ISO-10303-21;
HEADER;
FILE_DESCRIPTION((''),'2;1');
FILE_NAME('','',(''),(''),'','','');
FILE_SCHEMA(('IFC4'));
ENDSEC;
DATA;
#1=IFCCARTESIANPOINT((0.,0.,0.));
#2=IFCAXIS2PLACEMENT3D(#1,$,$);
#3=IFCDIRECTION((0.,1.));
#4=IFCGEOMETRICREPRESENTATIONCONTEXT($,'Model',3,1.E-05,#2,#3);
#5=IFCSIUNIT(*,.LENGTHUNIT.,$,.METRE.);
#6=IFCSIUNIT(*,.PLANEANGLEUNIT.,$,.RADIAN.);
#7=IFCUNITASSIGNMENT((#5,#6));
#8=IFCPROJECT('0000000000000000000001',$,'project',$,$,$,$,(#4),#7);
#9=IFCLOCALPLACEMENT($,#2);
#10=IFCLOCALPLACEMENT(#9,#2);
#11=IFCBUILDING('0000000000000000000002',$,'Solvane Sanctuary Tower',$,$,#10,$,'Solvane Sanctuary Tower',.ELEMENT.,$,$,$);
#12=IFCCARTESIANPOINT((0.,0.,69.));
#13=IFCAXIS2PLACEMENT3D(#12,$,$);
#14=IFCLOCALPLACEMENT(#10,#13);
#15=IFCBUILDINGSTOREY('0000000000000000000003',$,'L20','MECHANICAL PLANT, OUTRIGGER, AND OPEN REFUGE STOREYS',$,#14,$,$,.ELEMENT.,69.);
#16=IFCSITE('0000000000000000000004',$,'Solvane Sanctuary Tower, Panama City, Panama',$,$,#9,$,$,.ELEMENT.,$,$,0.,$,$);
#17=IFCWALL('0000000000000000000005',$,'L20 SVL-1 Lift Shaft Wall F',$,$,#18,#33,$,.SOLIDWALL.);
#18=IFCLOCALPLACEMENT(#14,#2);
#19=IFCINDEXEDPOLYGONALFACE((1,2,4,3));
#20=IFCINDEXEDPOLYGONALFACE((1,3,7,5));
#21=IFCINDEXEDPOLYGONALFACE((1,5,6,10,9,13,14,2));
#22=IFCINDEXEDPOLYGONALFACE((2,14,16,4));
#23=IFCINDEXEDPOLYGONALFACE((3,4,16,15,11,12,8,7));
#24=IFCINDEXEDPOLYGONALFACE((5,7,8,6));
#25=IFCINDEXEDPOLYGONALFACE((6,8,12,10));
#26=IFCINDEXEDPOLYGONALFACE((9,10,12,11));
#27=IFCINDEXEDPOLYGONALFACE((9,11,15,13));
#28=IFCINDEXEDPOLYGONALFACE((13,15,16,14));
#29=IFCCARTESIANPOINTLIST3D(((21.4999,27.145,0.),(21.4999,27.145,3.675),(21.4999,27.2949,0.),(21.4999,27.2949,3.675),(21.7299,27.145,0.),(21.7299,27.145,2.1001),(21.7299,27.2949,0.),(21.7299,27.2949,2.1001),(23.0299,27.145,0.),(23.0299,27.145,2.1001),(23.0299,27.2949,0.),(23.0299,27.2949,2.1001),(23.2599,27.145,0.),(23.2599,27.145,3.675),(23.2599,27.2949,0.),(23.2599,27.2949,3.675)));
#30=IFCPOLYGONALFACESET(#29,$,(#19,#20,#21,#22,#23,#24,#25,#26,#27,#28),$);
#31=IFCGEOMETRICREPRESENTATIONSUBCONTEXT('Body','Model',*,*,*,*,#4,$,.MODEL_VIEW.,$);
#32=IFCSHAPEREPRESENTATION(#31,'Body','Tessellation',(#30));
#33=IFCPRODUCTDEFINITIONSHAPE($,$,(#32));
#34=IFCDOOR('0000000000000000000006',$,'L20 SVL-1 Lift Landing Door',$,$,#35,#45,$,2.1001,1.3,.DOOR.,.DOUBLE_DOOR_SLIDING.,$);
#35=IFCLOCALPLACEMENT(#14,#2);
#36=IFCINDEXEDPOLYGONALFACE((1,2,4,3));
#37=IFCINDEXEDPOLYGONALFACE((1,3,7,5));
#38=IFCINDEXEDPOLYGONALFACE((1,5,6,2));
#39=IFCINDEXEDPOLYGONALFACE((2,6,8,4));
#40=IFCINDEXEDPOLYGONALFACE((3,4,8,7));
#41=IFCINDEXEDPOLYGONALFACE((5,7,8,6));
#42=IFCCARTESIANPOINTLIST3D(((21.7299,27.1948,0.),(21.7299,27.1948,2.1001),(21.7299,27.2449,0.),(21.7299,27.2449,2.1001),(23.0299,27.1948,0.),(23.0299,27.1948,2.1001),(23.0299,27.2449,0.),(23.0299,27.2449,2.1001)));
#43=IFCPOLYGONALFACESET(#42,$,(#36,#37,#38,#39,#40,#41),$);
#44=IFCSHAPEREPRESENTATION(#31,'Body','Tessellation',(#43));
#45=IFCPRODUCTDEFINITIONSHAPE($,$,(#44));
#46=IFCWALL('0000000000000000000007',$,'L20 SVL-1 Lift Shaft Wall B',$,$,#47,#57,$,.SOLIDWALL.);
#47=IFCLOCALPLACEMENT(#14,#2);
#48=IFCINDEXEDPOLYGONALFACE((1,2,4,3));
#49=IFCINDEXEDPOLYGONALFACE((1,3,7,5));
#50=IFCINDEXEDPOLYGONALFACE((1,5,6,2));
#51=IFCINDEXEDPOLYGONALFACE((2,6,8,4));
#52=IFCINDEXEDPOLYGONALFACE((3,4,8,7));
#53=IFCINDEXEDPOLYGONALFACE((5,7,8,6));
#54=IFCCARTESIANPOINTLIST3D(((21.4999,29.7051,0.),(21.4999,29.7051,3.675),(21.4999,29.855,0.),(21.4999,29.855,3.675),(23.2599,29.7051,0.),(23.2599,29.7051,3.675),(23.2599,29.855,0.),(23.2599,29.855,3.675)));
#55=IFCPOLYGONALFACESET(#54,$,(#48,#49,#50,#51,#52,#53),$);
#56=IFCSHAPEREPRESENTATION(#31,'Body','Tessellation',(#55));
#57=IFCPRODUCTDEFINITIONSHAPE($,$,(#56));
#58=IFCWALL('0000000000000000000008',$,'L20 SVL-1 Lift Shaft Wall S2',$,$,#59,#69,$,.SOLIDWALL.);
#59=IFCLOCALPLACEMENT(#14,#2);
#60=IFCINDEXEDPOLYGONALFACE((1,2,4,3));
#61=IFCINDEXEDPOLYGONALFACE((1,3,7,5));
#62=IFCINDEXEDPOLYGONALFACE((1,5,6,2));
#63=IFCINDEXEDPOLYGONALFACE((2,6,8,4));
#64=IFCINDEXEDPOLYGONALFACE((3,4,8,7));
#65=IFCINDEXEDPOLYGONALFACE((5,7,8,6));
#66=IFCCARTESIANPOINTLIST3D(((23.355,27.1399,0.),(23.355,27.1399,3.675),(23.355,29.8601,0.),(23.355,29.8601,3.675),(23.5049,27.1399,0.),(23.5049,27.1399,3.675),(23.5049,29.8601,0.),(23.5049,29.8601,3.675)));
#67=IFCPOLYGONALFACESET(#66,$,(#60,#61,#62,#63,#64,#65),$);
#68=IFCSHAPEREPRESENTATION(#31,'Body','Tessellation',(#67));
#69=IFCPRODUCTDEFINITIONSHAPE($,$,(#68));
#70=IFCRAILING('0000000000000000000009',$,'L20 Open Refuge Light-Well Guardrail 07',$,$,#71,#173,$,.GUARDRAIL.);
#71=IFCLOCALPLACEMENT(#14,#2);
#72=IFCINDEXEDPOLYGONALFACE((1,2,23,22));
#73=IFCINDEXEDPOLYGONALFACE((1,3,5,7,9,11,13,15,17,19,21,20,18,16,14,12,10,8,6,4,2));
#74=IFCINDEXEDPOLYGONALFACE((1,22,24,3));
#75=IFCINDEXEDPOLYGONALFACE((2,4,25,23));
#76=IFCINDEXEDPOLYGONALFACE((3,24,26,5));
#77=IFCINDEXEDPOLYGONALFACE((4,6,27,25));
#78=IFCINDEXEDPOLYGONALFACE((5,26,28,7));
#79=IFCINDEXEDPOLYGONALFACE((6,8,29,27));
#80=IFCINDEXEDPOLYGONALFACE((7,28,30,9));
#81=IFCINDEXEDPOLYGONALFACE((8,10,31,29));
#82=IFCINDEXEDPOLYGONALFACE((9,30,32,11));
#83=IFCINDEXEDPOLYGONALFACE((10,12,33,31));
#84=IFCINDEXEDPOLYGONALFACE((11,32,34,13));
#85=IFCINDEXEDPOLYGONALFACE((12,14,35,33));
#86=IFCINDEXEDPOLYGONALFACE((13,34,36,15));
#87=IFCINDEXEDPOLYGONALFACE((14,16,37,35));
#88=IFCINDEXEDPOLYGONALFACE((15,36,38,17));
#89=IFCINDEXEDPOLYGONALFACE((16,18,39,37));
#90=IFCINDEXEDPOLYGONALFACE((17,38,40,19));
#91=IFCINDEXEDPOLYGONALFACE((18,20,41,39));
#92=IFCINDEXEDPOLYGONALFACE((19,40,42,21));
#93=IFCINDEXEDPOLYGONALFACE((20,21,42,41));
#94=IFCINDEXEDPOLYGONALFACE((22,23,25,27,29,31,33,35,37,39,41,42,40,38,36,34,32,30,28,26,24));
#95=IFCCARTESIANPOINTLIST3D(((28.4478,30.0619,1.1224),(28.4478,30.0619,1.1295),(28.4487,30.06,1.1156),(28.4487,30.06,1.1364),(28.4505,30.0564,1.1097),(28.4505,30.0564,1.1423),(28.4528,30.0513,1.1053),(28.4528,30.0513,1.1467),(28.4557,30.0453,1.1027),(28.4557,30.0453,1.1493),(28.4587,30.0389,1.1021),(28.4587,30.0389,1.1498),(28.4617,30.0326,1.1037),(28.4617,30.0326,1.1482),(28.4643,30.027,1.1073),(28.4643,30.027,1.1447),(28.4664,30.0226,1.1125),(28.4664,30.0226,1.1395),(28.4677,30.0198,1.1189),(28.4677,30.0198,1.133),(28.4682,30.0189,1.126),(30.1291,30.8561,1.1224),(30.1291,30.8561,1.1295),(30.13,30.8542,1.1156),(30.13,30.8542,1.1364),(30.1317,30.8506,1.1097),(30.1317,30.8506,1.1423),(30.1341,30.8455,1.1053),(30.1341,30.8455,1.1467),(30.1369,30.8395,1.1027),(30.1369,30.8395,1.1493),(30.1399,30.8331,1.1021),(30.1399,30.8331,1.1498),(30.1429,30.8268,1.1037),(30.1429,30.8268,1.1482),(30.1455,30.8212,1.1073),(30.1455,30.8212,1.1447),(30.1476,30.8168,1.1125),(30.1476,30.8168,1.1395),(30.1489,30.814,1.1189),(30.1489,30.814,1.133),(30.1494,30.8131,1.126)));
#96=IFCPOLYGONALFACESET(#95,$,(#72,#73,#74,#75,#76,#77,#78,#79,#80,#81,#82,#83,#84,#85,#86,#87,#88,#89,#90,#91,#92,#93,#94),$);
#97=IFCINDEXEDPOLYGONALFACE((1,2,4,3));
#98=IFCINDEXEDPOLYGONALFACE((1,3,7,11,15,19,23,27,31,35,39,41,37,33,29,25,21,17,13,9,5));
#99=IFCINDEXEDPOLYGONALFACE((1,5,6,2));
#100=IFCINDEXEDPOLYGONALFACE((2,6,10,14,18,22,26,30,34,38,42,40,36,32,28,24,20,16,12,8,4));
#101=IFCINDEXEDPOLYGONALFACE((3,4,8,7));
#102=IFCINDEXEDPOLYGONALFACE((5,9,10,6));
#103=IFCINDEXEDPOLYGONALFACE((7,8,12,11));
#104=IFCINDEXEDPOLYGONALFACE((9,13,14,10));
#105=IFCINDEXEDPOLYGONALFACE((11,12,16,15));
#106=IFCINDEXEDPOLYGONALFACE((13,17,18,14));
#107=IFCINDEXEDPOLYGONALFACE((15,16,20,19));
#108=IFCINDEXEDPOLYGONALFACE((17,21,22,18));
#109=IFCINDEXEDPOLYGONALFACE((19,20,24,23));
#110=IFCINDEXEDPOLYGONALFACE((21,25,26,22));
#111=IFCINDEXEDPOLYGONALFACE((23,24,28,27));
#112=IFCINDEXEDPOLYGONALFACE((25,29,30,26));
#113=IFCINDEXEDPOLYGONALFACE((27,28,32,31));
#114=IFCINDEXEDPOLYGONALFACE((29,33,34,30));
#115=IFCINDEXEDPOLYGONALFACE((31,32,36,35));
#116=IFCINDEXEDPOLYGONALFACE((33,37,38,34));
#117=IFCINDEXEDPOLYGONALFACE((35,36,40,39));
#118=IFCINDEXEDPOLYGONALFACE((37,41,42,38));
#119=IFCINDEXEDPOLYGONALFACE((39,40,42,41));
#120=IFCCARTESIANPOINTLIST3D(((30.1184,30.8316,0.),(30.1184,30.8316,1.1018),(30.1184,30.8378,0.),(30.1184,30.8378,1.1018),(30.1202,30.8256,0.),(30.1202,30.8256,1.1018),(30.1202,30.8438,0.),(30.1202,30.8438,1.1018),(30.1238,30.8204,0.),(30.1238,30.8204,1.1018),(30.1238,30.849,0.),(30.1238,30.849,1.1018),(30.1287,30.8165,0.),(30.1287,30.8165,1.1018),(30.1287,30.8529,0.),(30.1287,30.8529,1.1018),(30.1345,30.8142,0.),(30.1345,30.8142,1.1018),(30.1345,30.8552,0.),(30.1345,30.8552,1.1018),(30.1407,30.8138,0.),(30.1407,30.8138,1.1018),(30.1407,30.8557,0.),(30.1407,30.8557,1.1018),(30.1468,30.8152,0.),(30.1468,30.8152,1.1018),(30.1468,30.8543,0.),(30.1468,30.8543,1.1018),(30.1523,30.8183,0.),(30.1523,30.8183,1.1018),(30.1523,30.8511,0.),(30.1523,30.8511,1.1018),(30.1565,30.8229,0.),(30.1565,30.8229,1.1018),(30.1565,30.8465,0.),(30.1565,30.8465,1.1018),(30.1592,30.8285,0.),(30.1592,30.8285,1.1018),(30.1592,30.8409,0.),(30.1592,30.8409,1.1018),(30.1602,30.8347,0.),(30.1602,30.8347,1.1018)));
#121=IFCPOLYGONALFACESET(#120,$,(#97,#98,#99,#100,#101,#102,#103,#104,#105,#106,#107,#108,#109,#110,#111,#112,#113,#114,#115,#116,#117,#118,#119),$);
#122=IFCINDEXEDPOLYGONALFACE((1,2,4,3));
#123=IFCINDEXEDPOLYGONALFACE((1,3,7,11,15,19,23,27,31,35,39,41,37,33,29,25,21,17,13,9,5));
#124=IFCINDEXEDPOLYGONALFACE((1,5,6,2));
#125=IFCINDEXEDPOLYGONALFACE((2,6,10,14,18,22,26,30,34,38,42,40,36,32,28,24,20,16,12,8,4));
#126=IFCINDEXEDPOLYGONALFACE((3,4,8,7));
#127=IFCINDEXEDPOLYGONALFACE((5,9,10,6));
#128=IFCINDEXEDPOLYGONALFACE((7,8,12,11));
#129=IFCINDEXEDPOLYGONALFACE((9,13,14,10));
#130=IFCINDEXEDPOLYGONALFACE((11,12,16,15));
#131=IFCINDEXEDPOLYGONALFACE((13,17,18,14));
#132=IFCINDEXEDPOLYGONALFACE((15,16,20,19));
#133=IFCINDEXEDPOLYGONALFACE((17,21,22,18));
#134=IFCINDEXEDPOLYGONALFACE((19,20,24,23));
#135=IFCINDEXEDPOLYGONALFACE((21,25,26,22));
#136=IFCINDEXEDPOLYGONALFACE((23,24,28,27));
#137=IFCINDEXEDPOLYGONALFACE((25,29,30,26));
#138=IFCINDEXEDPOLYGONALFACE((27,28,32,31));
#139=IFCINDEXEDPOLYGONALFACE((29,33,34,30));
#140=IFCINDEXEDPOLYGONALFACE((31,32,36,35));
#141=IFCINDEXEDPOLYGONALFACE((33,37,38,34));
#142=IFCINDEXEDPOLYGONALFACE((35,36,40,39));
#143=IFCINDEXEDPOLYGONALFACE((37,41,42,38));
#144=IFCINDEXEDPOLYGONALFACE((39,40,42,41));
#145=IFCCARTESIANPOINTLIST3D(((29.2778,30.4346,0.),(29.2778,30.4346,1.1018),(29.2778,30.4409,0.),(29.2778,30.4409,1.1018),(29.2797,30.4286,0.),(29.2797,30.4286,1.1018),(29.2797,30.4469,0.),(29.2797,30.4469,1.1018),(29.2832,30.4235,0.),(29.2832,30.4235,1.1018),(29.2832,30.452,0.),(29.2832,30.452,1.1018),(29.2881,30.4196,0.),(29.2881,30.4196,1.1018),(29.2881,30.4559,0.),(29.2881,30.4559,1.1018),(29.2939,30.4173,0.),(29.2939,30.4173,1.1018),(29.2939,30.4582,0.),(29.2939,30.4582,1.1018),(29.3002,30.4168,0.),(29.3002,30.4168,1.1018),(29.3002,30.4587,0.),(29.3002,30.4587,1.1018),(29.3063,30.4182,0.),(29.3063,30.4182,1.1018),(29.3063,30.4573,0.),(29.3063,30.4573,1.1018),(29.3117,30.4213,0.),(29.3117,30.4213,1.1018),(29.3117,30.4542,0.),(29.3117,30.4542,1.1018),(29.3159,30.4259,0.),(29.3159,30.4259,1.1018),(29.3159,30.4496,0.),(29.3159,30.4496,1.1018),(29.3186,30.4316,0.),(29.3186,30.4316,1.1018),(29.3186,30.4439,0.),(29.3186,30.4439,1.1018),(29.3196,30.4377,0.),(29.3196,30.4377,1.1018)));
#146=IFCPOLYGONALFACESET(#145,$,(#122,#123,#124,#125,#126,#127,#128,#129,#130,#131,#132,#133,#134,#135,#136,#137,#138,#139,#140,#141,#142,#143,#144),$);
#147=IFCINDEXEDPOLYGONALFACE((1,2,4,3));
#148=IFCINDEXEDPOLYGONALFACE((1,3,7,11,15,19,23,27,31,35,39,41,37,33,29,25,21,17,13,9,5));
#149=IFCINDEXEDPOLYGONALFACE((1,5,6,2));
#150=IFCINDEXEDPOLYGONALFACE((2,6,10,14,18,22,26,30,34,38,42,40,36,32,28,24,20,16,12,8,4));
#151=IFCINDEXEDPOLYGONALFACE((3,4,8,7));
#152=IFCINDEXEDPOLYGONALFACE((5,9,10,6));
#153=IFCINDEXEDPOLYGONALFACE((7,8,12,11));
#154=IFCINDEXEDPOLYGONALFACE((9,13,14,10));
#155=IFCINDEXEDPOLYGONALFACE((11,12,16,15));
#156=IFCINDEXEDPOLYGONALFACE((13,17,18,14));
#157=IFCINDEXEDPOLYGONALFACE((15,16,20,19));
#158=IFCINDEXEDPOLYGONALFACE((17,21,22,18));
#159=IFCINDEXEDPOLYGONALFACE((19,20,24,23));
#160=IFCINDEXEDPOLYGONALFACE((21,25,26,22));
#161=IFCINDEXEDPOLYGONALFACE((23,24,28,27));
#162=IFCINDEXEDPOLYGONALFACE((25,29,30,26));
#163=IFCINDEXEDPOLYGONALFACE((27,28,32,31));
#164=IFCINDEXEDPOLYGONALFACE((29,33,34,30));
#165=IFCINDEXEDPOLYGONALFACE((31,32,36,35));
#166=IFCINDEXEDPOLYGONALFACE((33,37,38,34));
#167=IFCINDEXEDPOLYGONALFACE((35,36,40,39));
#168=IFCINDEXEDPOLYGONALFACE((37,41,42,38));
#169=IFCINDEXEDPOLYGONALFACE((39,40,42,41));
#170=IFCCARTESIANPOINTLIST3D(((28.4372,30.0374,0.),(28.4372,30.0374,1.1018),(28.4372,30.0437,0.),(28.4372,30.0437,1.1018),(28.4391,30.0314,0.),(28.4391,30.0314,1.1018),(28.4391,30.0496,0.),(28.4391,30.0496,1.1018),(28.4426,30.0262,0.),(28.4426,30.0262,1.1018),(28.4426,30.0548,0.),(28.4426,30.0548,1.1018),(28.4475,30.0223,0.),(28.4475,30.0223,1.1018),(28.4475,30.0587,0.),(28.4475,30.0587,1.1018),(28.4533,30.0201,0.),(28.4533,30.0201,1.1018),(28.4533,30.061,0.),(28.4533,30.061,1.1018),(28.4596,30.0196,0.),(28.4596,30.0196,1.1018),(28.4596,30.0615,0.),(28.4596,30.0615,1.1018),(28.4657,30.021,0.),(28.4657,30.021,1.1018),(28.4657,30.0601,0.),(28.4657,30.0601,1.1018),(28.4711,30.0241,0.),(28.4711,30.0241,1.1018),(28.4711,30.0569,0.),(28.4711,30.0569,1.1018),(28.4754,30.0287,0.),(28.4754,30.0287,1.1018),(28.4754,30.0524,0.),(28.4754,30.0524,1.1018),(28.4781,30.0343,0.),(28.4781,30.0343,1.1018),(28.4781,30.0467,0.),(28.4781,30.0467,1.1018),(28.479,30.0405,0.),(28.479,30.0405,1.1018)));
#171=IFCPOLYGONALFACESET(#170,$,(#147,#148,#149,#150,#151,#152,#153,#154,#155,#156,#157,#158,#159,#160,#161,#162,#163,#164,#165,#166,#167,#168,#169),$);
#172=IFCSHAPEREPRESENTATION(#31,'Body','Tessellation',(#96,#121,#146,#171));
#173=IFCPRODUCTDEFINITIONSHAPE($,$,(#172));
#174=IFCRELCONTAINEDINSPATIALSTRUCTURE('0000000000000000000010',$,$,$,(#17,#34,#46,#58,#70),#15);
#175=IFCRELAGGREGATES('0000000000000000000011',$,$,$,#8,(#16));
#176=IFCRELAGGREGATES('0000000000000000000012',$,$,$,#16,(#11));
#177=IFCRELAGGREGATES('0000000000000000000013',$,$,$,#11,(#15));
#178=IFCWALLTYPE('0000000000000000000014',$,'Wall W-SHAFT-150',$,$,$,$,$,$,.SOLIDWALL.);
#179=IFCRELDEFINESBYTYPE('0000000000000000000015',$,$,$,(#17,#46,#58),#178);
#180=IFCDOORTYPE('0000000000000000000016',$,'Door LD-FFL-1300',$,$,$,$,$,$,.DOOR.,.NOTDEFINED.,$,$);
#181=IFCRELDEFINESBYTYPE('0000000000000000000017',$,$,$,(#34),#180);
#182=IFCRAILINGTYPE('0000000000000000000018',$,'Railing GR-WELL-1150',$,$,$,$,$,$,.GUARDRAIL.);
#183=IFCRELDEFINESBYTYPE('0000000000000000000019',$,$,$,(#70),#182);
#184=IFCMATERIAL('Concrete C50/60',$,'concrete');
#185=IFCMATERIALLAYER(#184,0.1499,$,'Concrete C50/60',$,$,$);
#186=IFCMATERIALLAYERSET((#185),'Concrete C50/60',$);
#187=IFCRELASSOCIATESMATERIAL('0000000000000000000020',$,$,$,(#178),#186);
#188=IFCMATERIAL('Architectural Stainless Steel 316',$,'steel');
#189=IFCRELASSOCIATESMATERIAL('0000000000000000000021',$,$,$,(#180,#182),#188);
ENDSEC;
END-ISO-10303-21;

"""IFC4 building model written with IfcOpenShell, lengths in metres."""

from ifc_helpers import new_model, si_unit, direction, frame, frame_2d, origin, origin_2d, place, context, subcontext, project, spatial, rectangle, circle, extrude, material, layer, layer_set, type_object, element, fill, save


model = new_model("IFC4")

# Units and contexts
model_context = context("Model", 3, precision=1e-05, world=origin(), true_north=direction((0.0, 1.0)))
body_context = subcontext(model_context, "Body", "Model", "MODEL_VIEW")
ifc_project = project(units=[si_unit("LENGTHUNIT", "METRE"), si_unit("PLANEANGLEUNIT", "RADIAN")], contexts=[model_context])

# Site, building, storey
site_placement = place(None, origin())
site = spatial("IfcSite", under=ifc_project, at=site_placement, Name="Solvane Sanctuary Tower, Panama City, Panama", CompositionType="ELEMENT", RefElevation=0.0)
building_placement = place(site_placement, origin())
building = spatial("IfcBuilding", under=site, at=building_placement, Name="Solvane Sanctuary Tower", LongName="Solvane Sanctuary Tower", CompositionType="ELEMENT")
storey_placement = place(building_placement, frame((0.0, 0.0, 69.0)))
storey = spatial("IfcBuildingStorey", under=building, at=storey_placement, Name="L20", Description="MECHANICAL PLANT, OUTRIGGER, AND OPEN REFUGE STOREYS", CompositionType="ELEMENT", Elevation=69.0)

# Shared definitions
ifc_material_1 = material(Name="Architectural Stainless Steel 316", Category="steel")

# Shared definitions
ifc_material_2 = material(Name="Concrete C50/60", Category="concrete")
ifc_layer_1 = layer(ifc_material_2, 0.1499, Name="Concrete C50/60")
ifc_layer_set_1 = layer_set([ifc_layer_1], Name="Concrete C50/60")
wall_type_1 = type_object("IfcWallType", Name="Wall W-SHAFT-150", PredefinedType="SOLIDWALL", material=ifc_layer_set_1)

# Wall, opening, door
wall_1_placement = place(storey_placement, frame((21.5, 27.22, 0.0), z_axis=(0.0, 0.0, 1.0), x_axis=(1.0, 0.0, 0.0)))
wall_1 = element("IfcWall", 1, at=wall_1_placement, inside=storey, type_object=wall_type_1, Name="L20 SVL-1 Lift Shaft Wall F", PredefinedType="SOLIDWALL", context=body_context, shape_type="SweptSolid", body=[
    extrude(rectangle(XDim=1.76, YDim=0.1499, at=frame_2d((0.8799, 0.0))), origin(), (0.0, 0.0, 1.0), 3.675),
])
opening_1_placement = place(wall_1_placement, frame((0.23, 0.0, 0.0)))
opening_1 = element("IfcOpeningElement", 2, at=opening_1_placement, cuts=wall_1, PredefinedType="OPENING", context=body_context, shape_type="SweptSolid", body=[
    extrude(rectangle(XDim=1.3, YDim=2.1001, at=frame_2d((0.6499, 1.05))), frame((0.0, 0.085, 0.0), z_axis=(0.0, -1.0, 0.0), x_axis=(1.0, 0.0, 0.0)), (0.0, 0.0, 1.0), 0.1699),
])
door_type_1 = type_object("IfcDoorType", Name="Door LD-FFL-1300", OperationType="NOTDEFINED", PredefinedType="DOOR", material=ifc_material_1)
door_1_placement = place(opening_1_placement, origin())
door_1 = element("IfcDoor", 3, at=door_1_placement, inside=storey, type_object=door_type_1, Name="L20 SVL-1 Lift Landing Door", OperationType="DOUBLE_DOOR_SLIDING", OverallHeight=2.1001, OverallWidth=1.3, PredefinedType="DOOR", context=body_context, shape_type="SweptSolid", body=[
    extrude(rectangle(XDim=1.3, YDim=2.1001, at=frame_2d((0.6499, 1.05))), frame((0.0, 0.0249, 0.0), z_axis=(0.0, -1.0, 0.0), x_axis=(1.0, 0.0, 0.0)), (0.0, 0.0, 1.0), 0.05),
])
fill(opening_1, door_1)

# Walls
wall_2_placement = place(storey_placement, frame((21.5, 29.78, 0.0), z_axis=(0.0, 0.0, 1.0), x_axis=(1.0, 0.0, 0.0)))
element("IfcWall", 4, at=wall_2_placement, inside=storey, type_object=wall_type_1, Name="L20 SVL-1 Lift Shaft Wall B", PredefinedType="SOLIDWALL", context=body_context, shape_type="SweptSolid", body=[
    extrude(rectangle(XDim=1.76, YDim=0.1499, at=frame_2d((0.8799, 0.0))), origin(), (0.0, 0.0, 1.0), 3.675),
])
wall_3_placement = place(storey_placement, frame((23.4299, 27.1399, 0.0), z_axis=(0.0, 0.0, 1.0), x_axis=(0.0, 1.0, 0.0)))
element("IfcWall", 5, at=wall_3_placement, inside=storey, type_object=wall_type_1, Name="L20 SVL-1 Lift Shaft Wall S2", PredefinedType="SOLIDWALL", context=body_context, shape_type="SweptSolid", body=[
    extrude(rectangle(XDim=2.7202, YDim=0.1499, at=frame_2d((1.3601, 0.0))), origin(), (0.0, 0.0, 1.0), 3.675),
])

# Railing
railing_type_1 = type_object("IfcRailingType", Name="Railing GR-WELL-1150", PredefinedType="GUARDRAIL", material=ifc_material_1)
railing_1_placement = place(storey_placement, frame((30.1392, 30.8347, 0.0)))
element("IfcRailing", 6, at=railing_1_placement, inside=storey, type_object=railing_type_1, Name="L20 Open Refuge Light-Well Guardrail 07", PredefinedType="GUARDRAIL", context=body_context, shape_type="SweptSolid", body=[
    extrude(circle(Radius=0.0239, at=origin_2d()), frame((0.0, 0.0, 1.126), z_axis=(-0.904184, -0.427143, 0.0), x_axis=(0.427143, -0.904184, 0.0)), (0.0, 0.0, 1.0), 1.8594),
    extrude(circle(Radius=0.021, at=origin_2d()), origin(), (0.0, 0.0, 1.0), 1.1018),
    extrude(circle(Radius=0.021, at=origin_2d()), frame((-0.8406, -0.397, 0.0)), (0.0, 0.0, 1.0), 1.1018),
    extrude(circle(Radius=0.021, at=origin_2d()), frame((-1.6812, -0.7942, 0.0)), (0.0, 0.0, 1.0), 1.1018),
])

save(model, "model.ifc")
